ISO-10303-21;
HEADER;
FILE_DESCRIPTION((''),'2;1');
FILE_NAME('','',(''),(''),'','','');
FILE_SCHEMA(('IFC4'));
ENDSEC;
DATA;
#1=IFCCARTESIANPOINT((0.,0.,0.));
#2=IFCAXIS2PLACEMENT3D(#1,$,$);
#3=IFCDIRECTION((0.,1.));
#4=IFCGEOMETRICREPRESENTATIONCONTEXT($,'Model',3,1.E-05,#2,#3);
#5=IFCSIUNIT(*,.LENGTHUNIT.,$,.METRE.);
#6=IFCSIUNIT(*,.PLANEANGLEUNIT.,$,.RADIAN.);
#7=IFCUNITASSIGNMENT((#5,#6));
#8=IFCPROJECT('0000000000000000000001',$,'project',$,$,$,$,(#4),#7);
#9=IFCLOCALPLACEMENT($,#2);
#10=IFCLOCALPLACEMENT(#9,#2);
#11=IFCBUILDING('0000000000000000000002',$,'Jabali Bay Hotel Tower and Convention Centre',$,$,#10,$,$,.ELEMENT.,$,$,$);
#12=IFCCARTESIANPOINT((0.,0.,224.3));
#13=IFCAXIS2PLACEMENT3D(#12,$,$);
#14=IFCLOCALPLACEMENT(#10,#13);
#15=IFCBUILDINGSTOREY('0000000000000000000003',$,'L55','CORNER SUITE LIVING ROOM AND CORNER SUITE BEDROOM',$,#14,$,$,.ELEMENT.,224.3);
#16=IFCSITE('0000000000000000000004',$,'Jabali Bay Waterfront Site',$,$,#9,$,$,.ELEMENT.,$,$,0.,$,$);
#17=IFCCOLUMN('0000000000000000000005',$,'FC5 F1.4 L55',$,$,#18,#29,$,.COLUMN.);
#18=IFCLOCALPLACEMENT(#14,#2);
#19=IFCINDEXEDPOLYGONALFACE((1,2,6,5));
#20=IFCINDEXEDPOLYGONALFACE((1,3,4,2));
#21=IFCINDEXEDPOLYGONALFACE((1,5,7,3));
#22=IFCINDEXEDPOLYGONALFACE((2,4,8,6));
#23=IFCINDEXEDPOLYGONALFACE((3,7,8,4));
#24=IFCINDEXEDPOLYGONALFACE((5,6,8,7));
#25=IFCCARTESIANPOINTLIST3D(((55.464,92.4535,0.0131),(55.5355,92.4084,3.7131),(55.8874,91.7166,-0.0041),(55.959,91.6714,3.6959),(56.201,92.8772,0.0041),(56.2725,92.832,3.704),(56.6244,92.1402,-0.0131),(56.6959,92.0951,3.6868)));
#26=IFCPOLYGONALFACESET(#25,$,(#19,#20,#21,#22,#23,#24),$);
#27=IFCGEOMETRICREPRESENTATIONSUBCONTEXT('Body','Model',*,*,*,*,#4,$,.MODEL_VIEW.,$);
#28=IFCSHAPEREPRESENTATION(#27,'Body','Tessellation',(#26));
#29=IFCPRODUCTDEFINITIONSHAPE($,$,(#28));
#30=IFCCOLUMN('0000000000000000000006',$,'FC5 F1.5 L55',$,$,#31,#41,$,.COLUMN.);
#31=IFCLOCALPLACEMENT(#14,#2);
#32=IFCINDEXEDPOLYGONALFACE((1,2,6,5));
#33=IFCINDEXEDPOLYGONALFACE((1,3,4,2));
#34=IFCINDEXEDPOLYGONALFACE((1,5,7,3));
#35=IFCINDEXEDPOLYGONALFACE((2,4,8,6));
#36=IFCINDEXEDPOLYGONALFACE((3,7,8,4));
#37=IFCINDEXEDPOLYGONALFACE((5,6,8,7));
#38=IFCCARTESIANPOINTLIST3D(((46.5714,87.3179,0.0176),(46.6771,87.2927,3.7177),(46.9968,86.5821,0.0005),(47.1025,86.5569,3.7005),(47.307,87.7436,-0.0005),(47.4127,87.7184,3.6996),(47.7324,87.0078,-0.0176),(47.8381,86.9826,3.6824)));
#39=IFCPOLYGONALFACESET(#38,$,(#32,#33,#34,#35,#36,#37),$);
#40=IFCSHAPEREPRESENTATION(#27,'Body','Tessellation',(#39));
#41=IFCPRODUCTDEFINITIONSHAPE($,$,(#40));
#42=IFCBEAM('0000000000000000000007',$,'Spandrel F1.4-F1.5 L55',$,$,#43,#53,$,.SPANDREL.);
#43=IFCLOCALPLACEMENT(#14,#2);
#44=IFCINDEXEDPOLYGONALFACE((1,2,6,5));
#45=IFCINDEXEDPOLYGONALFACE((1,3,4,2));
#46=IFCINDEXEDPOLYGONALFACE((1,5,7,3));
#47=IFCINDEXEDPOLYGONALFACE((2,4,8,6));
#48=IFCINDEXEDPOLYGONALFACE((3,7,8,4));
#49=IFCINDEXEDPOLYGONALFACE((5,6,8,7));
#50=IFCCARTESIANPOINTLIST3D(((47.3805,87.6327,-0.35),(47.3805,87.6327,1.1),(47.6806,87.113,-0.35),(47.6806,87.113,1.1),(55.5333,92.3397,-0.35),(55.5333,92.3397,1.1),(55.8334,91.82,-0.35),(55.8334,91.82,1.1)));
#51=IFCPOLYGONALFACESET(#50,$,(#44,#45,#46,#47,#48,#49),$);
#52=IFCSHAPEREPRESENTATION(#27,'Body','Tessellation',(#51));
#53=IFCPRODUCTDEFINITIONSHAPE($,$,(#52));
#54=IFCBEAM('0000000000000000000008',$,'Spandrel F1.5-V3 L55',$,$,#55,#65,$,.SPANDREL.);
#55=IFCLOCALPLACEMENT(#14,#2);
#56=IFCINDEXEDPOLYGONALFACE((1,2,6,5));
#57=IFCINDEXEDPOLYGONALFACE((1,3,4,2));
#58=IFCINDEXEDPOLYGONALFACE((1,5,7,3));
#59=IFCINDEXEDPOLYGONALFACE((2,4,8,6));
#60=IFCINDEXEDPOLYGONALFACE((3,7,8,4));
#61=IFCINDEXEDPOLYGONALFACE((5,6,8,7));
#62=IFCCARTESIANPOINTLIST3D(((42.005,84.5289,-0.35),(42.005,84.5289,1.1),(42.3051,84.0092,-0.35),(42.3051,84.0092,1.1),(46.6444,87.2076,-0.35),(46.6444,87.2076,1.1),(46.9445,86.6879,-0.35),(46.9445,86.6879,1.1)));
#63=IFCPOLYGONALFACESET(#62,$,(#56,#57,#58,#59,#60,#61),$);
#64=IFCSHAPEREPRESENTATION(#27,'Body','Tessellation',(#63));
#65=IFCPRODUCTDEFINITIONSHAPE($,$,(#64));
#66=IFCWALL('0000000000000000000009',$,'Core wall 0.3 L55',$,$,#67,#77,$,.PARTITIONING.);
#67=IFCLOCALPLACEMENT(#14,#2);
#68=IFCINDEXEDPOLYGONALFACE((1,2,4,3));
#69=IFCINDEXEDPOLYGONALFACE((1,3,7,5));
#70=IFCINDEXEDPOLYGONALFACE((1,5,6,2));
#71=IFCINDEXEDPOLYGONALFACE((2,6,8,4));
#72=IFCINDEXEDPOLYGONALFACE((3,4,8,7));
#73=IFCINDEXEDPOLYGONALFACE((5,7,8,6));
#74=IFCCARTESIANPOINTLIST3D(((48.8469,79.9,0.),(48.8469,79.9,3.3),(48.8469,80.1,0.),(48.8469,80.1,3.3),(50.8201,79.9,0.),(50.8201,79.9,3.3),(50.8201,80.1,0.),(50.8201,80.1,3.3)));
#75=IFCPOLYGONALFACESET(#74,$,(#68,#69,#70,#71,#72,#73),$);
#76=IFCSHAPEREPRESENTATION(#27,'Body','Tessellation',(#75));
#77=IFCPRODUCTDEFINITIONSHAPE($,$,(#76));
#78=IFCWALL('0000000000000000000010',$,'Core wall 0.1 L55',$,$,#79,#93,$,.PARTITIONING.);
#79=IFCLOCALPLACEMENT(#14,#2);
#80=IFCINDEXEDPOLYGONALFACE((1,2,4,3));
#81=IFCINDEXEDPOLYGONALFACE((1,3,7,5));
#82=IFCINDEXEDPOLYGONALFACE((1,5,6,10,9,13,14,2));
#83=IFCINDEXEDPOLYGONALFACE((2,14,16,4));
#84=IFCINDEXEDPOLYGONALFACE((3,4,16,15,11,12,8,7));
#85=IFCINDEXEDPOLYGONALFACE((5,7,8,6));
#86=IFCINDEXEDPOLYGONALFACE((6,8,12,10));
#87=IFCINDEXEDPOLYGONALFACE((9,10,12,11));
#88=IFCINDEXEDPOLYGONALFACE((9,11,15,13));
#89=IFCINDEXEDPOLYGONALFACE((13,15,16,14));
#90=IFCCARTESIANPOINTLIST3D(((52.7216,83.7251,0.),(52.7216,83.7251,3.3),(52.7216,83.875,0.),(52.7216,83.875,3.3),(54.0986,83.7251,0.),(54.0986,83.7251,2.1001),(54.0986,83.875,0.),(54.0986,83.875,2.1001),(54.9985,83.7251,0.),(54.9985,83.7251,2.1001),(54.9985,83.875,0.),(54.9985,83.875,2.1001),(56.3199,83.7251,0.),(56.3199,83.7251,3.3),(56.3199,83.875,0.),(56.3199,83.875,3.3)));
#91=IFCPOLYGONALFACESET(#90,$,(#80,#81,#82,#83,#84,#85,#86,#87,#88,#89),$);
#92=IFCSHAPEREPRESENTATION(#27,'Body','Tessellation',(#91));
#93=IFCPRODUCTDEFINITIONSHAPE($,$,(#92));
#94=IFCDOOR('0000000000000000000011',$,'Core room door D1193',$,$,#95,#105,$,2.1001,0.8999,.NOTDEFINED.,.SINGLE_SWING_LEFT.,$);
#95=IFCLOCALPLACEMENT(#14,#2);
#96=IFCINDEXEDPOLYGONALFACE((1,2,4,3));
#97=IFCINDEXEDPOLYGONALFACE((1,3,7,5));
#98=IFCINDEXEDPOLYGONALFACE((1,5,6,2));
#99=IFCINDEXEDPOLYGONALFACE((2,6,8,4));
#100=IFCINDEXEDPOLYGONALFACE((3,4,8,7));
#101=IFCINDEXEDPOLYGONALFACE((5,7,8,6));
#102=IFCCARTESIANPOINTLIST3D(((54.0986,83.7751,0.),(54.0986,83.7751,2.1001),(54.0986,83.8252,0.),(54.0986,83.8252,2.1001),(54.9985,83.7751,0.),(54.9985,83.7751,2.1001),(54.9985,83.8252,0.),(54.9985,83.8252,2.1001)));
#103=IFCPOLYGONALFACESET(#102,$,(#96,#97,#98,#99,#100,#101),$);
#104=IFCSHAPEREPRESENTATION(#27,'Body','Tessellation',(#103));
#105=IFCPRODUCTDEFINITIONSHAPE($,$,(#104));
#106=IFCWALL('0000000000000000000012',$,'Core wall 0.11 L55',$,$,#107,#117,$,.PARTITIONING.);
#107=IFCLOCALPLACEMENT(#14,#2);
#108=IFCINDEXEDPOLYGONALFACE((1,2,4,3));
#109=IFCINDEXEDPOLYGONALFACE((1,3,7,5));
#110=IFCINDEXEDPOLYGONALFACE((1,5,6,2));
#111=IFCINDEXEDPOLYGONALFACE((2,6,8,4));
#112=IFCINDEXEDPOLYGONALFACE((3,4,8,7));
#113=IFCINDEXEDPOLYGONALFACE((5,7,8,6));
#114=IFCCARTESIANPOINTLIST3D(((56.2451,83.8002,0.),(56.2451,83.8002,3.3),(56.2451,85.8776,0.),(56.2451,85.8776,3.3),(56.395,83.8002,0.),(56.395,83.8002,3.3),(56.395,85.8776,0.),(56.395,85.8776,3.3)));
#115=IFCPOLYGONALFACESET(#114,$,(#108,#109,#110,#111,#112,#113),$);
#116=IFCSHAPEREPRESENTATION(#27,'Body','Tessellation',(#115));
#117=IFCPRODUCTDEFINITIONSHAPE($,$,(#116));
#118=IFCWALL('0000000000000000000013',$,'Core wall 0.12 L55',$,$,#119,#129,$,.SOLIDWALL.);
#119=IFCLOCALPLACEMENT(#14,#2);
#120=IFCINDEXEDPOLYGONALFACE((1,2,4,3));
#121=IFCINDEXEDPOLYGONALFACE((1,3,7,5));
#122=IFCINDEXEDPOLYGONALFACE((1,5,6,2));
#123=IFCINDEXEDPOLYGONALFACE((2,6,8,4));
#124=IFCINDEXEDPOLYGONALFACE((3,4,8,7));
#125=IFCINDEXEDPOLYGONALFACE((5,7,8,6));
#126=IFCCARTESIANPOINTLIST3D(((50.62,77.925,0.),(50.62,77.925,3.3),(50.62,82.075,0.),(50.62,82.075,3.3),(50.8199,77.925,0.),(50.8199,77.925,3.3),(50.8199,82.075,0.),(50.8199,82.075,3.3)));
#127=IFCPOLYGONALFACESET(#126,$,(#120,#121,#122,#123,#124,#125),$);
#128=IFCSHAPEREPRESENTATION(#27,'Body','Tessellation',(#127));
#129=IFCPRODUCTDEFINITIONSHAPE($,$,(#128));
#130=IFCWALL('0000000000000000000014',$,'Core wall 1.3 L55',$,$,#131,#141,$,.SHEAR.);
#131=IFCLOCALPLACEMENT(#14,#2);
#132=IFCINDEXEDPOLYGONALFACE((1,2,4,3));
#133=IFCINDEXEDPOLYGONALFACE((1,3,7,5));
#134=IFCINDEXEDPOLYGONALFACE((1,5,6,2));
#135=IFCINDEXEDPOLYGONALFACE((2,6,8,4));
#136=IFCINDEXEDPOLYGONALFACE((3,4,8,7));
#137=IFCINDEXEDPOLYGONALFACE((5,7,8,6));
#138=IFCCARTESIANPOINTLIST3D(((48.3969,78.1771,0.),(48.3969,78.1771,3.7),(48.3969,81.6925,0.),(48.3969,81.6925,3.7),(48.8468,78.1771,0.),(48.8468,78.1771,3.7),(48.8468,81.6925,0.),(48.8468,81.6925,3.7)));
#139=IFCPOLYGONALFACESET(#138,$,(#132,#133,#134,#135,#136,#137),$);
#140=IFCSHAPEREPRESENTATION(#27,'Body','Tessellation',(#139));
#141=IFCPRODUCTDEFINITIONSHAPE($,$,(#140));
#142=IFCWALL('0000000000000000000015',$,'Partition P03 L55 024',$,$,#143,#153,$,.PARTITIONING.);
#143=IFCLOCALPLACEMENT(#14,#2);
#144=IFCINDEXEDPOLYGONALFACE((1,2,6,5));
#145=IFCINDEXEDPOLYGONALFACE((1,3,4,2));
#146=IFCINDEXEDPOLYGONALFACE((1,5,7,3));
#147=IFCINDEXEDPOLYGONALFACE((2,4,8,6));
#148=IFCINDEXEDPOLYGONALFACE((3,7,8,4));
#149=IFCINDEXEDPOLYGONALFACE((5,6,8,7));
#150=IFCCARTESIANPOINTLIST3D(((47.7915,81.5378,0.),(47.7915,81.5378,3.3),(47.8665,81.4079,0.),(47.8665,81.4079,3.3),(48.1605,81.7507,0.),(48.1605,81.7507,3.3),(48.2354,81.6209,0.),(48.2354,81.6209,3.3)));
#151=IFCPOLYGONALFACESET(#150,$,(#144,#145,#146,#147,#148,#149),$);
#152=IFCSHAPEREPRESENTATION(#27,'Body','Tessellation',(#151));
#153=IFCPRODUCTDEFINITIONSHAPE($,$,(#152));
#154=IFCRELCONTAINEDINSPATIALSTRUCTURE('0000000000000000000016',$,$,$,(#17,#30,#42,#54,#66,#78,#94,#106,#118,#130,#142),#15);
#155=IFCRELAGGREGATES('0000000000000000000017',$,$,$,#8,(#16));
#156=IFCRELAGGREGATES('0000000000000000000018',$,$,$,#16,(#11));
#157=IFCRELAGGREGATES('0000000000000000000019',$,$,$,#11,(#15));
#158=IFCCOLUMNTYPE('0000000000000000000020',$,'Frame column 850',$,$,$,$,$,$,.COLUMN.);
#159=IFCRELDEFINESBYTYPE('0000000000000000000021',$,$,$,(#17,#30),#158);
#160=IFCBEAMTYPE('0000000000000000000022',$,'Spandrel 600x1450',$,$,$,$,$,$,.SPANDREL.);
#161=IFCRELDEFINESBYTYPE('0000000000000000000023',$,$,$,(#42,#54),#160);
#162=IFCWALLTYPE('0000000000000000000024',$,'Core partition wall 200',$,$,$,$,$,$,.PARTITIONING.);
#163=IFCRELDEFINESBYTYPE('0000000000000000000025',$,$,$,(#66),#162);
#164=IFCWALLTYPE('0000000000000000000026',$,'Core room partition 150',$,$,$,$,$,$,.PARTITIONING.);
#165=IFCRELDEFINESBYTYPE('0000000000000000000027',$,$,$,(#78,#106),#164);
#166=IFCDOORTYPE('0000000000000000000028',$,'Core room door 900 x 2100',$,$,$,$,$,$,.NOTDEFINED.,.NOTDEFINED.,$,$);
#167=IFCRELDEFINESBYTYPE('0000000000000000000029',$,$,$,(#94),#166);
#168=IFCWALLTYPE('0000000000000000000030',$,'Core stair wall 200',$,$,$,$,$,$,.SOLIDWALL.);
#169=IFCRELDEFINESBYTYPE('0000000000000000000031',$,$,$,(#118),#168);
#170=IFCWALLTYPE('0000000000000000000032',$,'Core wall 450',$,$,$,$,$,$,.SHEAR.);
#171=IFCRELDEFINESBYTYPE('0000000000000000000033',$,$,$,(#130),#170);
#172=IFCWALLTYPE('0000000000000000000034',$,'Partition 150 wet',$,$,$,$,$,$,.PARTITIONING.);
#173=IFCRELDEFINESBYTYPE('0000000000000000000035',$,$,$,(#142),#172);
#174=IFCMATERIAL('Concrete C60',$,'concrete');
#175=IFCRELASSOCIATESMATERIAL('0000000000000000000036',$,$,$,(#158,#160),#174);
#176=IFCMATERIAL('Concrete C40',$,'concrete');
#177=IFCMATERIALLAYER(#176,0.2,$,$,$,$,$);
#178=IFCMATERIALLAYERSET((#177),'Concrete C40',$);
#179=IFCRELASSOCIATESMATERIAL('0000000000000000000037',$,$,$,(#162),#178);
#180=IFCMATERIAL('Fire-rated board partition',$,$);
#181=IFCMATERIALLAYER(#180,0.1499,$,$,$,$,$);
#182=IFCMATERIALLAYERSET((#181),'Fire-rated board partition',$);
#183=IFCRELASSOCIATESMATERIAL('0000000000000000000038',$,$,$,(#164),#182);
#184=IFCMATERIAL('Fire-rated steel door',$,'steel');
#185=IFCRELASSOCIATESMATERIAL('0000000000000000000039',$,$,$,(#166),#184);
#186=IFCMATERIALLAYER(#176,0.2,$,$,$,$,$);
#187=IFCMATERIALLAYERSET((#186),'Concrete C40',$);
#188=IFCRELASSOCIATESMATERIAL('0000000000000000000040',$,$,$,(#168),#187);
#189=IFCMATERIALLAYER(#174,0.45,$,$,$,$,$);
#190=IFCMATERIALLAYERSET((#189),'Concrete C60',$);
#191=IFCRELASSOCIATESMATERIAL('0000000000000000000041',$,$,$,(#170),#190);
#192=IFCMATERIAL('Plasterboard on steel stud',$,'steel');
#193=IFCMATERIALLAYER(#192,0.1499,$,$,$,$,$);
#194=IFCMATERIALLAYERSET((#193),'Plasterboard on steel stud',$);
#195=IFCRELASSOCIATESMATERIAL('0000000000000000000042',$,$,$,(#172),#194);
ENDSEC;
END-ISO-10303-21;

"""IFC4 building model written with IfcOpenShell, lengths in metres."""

from ifc_helpers import new_model, si_unit, direction, frame, frame_2d, origin, origin_2d, place, context, subcontext, project, spatial, rectangle, extrude, material, layer, layer_set, material_profile, profile_set, type_object, element, fill, save


model = new_model("IFC4")

# Units and contexts
model_context = context("Model", 3, precision=1e-05, world=origin(), true_north=direction((0.0, 1.0)))
body_context = subcontext(model_context, "Body", "Model", "MODEL_VIEW")
ifc_project = project(units=[si_unit("LENGTHUNIT", "METRE"), si_unit("PLANEANGLEUNIT", "RADIAN")], contexts=[model_context])

# Site, building, storey
site_placement = place(None, origin())
site = spatial("IfcSite", under=ifc_project, at=site_placement, Name="Jabali Bay Waterfront Site", CompositionType="ELEMENT", RefElevation=0.0)
building_placement = place(site_placement, origin())
building = spatial("IfcBuilding", under=site, at=building_placement, Name="Jabali Bay Hotel Tower and Convention Centre", CompositionType="ELEMENT")
storey_placement = place(building_placement, frame((0.0, 0.0, 224.3)))
storey = spatial("IfcBuildingStorey", under=building, at=storey_placement, Name="L55", Description="CORNER SUITE LIVING ROOM AND CORNER SUITE BEDROOM", CompositionType="ELEMENT", Elevation=224.3)

# Columns
ifc_material_1 = material(Name="Concrete C60", Category="concrete")
ifc_material_profile_1 = material_profile(ifc_material_1, rectangle(XDim=0.8501, YDim=0.8501, at=origin_2d()), Name="Frame column 850")
ifc_profile_set_1 = profile_set([ifc_material_profile_1], Name="Concrete C60")
column_type = type_object("IfcColumnType", Name="Frame column 850", PredefinedType="COLUMN", material=ifc_profile_set_1)
column_1_placement = place(storey_placement, frame((56.0442, 92.2969, 0.0), z_axis=(0.019329, -0.012204, 0.999739), x_axis=(-0.498091, 0.866889, 0.020212)))
element("IfcColumn", 1, at=column_1_placement, inside=storey, type_object=column_type, Name="FC5 F1.4 L55", PredefinedType="COLUMN", context=body_context, shape_type="SweptSolid", body=[
    extrude(rectangle(XDim=0.8501, YDim=0.8501, at=origin_2d()), origin(), (0.0, 0.0, 1.0), 3.7009),
])
column_2_placement = place(storey_placement, frame((47.1519, 87.1628, 0.0), z_axis=(0.028559, -0.006794, 0.999569), x_axis=(-0.500408, 0.865555, 0.02018)))
element("IfcColumn", 2, at=column_2_placement, inside=storey, type_object=column_type, Name="FC5 F1.5 L55", PredefinedType="COLUMN", context=body_context, shape_type="SweptSolid", body=[
    extrude(rectangle(XDim=0.8501, YDim=0.8501, at=origin_2d()), origin(), (0.0, 0.0, 1.0), 3.7017),
])

# Beams
ifc_material_profile_2 = material_profile(ifc_material_1, rectangle(XDim=0.6001, YDim=1.45, at=origin_2d()), Name="Spandrel 600x1450")
ifc_profile_set_2 = profile_set([ifc_material_profile_2], Name="Concrete C60")
beam_type = type_object("IfcBeamType", Name="Spandrel 600x1450", PredefinedType="SPANDREL", material=ifc_profile_set_2)
beam_1_placement = place(storey_placement, frame((55.6833, 92.0798, 0.375), z_axis=(-0.866026, -0.499999, 0.0), x_axis=(0.499999, -0.866026, 0.0)))
element("IfcBeam", 3, at=beam_1_placement, inside=storey, type_object=beam_type, Name="Spandrel F1.4-F1.5 L55", PredefinedType="SPANDREL", context=body_context, shape_type="SweptSolid", body=[
    extrude(rectangle(XDim=0.6001, YDim=1.45, at=origin_2d()), origin(), (0.0, 0.0, 1.0), 9.4141),
])
beam_2_placement = place(storey_placement, frame((46.7944, 86.9478, 0.375), z_axis=(-0.866013, -0.500021, 0.0), x_axis=(0.500021, -0.866013, 0.0)))
element("IfcBeam", 4, at=beam_2_placement, inside=storey, type_object=beam_type, Name="Spandrel F1.5-V3 L55", PredefinedType="SPANDREL", context=body_context, shape_type="SweptSolid", body=[
    extrude(rectangle(XDim=0.6001, YDim=1.45, at=origin_2d()), origin(), (0.0, 0.0, 1.0), 5.3572),
])

# Wall
ifc_material_2 = material(Name="Concrete C40", Category="concrete")
ifc_layer_1 = layer(ifc_material_2, 0.2)
ifc_layer_set_1 = layer_set([ifc_layer_1], Name="Concrete C40")
wall_type_1 = type_object("IfcWallType", Name="Core partition wall 200", PredefinedType="PARTITIONING", material=ifc_layer_set_1)
wall_1_placement = place(storey_placement, frame((50.8201, 80.0, 0.0), z_axis=(0.0, 0.0, 1.0), x_axis=(-1.0, 0.0, 0.0)))
element("IfcWall", 5, at=wall_1_placement, inside=storey, type_object=wall_type_1, Name="Core wall 0.3 L55", PredefinedType="PARTITIONING", context=body_context, shape_type="SweptSolid", body=[
    extrude(rectangle(XDim=1.9731, YDim=0.2, at=frame_2d((0.9866, 0.0))), origin(), (0.0, 0.0, 1.0), 3.3),
])

# Wall, opening, door
ifc_material_3 = material(Name="Fire-rated board partition")
ifc_layer_2 = layer(ifc_material_3, 0.1499)
ifc_layer_set_2 = layer_set([ifc_layer_2], Name="Fire-rated board partition")
wall_type_2 = type_object("IfcWallType", Name="Core room partition 150", PredefinedType="PARTITIONING", material=ifc_layer_set_2)
wall_2_placement = place(storey_placement, frame((56.3201, 83.8, 0.0), z_axis=(0.0, 0.0, 1.0), x_axis=(-1.0, 0.0, 0.0)))
wall_2 = element("IfcWall", 6, at=wall_2_placement, inside=storey, type_object=wall_type_2, Name="Core wall 0.1 L55", PredefinedType="PARTITIONING", context=body_context, shape_type="SweptSolid", body=[
    extrude(rectangle(XDim=3.5984, YDim=0.1499, at=frame_2d((1.7993, 0.0))), origin(), (0.0, 0.0, 1.0), 3.3),
])
opening_placement = place(wall_2_placement, frame((1.3215, 0.0, 0.0)))
opening = element("IfcOpeningElement", 7, at=opening_placement, cuts=wall_2, PredefinedType="OPENING", context=body_context, shape_type="SweptSolid", body=[
    extrude(rectangle(XDim=0.8999, YDim=2.1001, at=frame_2d((0.45, 1.05))), frame((0.0, 0.0854, 0.0), z_axis=(0.0, -1.0, 0.0), x_axis=(1.0, 0.0, 0.0)), (0.0, 0.0, 1.0), 0.1709),
])
ifc_material_4 = material(Name="Fire-rated steel door", Category="steel")
door_type = type_object("IfcDoorType", Name="Core room door 900 x 2100", OperationType="NOTDEFINED", PredefinedType="NOTDEFINED", material=ifc_material_4)
door_placement = place(opening_placement, origin())
door = element("IfcDoor", 8, at=door_placement, inside=storey, type_object=door_type, Name="Core room door D1193", OperationType="SINGLE_SWING_LEFT", OverallHeight=2.1001, OverallWidth=0.8999, PredefinedType="NOTDEFINED", context=body_context, shape_type="SweptSolid", body=[
    extrude(rectangle(XDim=0.8999, YDim=2.1001, at=frame_2d((0.45, 1.05))), frame((0.0, 0.0249, 0.0), z_axis=(0.0, -1.0, 0.0), x_axis=(1.0, 0.0, 0.0)), (0.0, 0.0, 1.0), 0.05),
])
fill(opening, door)

# Walls
wall_3_placement = place(storey_placement, frame((56.3201, 85.8774, 0.0), z_axis=(0.0, 0.0, 1.0), x_axis=(0.0, -1.0, 0.0)))
element("IfcWall", 9, at=wall_3_placement, inside=storey, type_object=wall_type_2, Name="Core wall 0.11 L55", PredefinedType="PARTITIONING", context=body_context, shape_type="SweptSolid", body=[
    extrude(rectangle(XDim=2.0774, YDim=0.1499, at=frame_2d((1.0386, 0.0))), origin(), (0.0, 0.0, 1.0), 3.3),
])
ifc_layer_3 = layer(ifc_material_2, 0.2)
ifc_layer_set_3 = layer_set([ifc_layer_3], Name="Concrete C40")
wall_type_3 = type_object("IfcWallType", Name="Core stair wall 200", PredefinedType="SOLIDWALL", material=ifc_layer_set_3)
wall_4_placement = place(storey_placement, frame((50.72, 82.075, 0.0), z_axis=(0.0, 0.0, 1.0), x_axis=(0.0, -1.0, 0.0)))
element("IfcWall", 10, at=wall_4_placement, inside=storey, type_object=wall_type_3, Name="Core wall 0.12 L55", PredefinedType="SOLIDWALL", context=body_context, shape_type="SweptSolid", body=[
    extrude(rectangle(XDim=4.1499, YDim=0.2, at=frame_2d((2.075, 0.0))), origin(), (0.0, 0.0, 1.0), 3.3),
])
ifc_layer_4 = layer(ifc_material_1, 0.45)
ifc_layer_set_4 = layer_set([ifc_layer_4], Name="Concrete C60")
wall_type_4 = type_object("IfcWallType", Name="Core wall 450", PredefinedType="SHEAR", material=ifc_layer_set_4)
wall_5_placement = place(storey_placement, frame((48.6218, 81.6926, 0.0), z_axis=(0.0, 0.0, 1.0), x_axis=(0.0, -1.0, 0.0)))
element("IfcWall", 11, at=wall_5_placement, inside=storey, type_object=wall_type_4, Name="Core wall 1.3 L55", PredefinedType="SHEAR", context=body_context, shape_type="SweptSolid", body=[
    extrude(rectangle(XDim=3.5154, YDim=0.45, at=frame_2d((1.7578, 0.0))), origin(), (0.0, 0.0, 1.0), 3.7),
])
ifc_material_5 = material(Name="Plasterboard on steel stud", Category="steel")
ifc_layer_5 = layer(ifc_material_5, 0.1499)
ifc_layer_set_5 = layer_set([ifc_layer_5], Name="Plasterboard on steel stud")
wall_type_5 = type_object("IfcWallType", Name="Partition 150 wet", PredefinedType="PARTITIONING", material=ifc_layer_set_5)
wall_6_placement = place(storey_placement, frame((47.8291, 81.4729, 0.0), z_axis=(0.0, 0.0, 1.0), x_axis=(0.866119, 0.499838, 0.0)))
element("IfcWall", 12, at=wall_6_placement, inside=storey, type_object=wall_type_5, Name="Partition P03 L55 024", PredefinedType="PARTITIONING", context=body_context, shape_type="SweptSolid", body=[
    extrude(rectangle(XDim=0.426, YDim=0.1499, at=frame_2d((0.2129, 0.0))), origin(), (0.0, 0.0, 1.0), 3.3),
])

save(model, "model.ifc")
